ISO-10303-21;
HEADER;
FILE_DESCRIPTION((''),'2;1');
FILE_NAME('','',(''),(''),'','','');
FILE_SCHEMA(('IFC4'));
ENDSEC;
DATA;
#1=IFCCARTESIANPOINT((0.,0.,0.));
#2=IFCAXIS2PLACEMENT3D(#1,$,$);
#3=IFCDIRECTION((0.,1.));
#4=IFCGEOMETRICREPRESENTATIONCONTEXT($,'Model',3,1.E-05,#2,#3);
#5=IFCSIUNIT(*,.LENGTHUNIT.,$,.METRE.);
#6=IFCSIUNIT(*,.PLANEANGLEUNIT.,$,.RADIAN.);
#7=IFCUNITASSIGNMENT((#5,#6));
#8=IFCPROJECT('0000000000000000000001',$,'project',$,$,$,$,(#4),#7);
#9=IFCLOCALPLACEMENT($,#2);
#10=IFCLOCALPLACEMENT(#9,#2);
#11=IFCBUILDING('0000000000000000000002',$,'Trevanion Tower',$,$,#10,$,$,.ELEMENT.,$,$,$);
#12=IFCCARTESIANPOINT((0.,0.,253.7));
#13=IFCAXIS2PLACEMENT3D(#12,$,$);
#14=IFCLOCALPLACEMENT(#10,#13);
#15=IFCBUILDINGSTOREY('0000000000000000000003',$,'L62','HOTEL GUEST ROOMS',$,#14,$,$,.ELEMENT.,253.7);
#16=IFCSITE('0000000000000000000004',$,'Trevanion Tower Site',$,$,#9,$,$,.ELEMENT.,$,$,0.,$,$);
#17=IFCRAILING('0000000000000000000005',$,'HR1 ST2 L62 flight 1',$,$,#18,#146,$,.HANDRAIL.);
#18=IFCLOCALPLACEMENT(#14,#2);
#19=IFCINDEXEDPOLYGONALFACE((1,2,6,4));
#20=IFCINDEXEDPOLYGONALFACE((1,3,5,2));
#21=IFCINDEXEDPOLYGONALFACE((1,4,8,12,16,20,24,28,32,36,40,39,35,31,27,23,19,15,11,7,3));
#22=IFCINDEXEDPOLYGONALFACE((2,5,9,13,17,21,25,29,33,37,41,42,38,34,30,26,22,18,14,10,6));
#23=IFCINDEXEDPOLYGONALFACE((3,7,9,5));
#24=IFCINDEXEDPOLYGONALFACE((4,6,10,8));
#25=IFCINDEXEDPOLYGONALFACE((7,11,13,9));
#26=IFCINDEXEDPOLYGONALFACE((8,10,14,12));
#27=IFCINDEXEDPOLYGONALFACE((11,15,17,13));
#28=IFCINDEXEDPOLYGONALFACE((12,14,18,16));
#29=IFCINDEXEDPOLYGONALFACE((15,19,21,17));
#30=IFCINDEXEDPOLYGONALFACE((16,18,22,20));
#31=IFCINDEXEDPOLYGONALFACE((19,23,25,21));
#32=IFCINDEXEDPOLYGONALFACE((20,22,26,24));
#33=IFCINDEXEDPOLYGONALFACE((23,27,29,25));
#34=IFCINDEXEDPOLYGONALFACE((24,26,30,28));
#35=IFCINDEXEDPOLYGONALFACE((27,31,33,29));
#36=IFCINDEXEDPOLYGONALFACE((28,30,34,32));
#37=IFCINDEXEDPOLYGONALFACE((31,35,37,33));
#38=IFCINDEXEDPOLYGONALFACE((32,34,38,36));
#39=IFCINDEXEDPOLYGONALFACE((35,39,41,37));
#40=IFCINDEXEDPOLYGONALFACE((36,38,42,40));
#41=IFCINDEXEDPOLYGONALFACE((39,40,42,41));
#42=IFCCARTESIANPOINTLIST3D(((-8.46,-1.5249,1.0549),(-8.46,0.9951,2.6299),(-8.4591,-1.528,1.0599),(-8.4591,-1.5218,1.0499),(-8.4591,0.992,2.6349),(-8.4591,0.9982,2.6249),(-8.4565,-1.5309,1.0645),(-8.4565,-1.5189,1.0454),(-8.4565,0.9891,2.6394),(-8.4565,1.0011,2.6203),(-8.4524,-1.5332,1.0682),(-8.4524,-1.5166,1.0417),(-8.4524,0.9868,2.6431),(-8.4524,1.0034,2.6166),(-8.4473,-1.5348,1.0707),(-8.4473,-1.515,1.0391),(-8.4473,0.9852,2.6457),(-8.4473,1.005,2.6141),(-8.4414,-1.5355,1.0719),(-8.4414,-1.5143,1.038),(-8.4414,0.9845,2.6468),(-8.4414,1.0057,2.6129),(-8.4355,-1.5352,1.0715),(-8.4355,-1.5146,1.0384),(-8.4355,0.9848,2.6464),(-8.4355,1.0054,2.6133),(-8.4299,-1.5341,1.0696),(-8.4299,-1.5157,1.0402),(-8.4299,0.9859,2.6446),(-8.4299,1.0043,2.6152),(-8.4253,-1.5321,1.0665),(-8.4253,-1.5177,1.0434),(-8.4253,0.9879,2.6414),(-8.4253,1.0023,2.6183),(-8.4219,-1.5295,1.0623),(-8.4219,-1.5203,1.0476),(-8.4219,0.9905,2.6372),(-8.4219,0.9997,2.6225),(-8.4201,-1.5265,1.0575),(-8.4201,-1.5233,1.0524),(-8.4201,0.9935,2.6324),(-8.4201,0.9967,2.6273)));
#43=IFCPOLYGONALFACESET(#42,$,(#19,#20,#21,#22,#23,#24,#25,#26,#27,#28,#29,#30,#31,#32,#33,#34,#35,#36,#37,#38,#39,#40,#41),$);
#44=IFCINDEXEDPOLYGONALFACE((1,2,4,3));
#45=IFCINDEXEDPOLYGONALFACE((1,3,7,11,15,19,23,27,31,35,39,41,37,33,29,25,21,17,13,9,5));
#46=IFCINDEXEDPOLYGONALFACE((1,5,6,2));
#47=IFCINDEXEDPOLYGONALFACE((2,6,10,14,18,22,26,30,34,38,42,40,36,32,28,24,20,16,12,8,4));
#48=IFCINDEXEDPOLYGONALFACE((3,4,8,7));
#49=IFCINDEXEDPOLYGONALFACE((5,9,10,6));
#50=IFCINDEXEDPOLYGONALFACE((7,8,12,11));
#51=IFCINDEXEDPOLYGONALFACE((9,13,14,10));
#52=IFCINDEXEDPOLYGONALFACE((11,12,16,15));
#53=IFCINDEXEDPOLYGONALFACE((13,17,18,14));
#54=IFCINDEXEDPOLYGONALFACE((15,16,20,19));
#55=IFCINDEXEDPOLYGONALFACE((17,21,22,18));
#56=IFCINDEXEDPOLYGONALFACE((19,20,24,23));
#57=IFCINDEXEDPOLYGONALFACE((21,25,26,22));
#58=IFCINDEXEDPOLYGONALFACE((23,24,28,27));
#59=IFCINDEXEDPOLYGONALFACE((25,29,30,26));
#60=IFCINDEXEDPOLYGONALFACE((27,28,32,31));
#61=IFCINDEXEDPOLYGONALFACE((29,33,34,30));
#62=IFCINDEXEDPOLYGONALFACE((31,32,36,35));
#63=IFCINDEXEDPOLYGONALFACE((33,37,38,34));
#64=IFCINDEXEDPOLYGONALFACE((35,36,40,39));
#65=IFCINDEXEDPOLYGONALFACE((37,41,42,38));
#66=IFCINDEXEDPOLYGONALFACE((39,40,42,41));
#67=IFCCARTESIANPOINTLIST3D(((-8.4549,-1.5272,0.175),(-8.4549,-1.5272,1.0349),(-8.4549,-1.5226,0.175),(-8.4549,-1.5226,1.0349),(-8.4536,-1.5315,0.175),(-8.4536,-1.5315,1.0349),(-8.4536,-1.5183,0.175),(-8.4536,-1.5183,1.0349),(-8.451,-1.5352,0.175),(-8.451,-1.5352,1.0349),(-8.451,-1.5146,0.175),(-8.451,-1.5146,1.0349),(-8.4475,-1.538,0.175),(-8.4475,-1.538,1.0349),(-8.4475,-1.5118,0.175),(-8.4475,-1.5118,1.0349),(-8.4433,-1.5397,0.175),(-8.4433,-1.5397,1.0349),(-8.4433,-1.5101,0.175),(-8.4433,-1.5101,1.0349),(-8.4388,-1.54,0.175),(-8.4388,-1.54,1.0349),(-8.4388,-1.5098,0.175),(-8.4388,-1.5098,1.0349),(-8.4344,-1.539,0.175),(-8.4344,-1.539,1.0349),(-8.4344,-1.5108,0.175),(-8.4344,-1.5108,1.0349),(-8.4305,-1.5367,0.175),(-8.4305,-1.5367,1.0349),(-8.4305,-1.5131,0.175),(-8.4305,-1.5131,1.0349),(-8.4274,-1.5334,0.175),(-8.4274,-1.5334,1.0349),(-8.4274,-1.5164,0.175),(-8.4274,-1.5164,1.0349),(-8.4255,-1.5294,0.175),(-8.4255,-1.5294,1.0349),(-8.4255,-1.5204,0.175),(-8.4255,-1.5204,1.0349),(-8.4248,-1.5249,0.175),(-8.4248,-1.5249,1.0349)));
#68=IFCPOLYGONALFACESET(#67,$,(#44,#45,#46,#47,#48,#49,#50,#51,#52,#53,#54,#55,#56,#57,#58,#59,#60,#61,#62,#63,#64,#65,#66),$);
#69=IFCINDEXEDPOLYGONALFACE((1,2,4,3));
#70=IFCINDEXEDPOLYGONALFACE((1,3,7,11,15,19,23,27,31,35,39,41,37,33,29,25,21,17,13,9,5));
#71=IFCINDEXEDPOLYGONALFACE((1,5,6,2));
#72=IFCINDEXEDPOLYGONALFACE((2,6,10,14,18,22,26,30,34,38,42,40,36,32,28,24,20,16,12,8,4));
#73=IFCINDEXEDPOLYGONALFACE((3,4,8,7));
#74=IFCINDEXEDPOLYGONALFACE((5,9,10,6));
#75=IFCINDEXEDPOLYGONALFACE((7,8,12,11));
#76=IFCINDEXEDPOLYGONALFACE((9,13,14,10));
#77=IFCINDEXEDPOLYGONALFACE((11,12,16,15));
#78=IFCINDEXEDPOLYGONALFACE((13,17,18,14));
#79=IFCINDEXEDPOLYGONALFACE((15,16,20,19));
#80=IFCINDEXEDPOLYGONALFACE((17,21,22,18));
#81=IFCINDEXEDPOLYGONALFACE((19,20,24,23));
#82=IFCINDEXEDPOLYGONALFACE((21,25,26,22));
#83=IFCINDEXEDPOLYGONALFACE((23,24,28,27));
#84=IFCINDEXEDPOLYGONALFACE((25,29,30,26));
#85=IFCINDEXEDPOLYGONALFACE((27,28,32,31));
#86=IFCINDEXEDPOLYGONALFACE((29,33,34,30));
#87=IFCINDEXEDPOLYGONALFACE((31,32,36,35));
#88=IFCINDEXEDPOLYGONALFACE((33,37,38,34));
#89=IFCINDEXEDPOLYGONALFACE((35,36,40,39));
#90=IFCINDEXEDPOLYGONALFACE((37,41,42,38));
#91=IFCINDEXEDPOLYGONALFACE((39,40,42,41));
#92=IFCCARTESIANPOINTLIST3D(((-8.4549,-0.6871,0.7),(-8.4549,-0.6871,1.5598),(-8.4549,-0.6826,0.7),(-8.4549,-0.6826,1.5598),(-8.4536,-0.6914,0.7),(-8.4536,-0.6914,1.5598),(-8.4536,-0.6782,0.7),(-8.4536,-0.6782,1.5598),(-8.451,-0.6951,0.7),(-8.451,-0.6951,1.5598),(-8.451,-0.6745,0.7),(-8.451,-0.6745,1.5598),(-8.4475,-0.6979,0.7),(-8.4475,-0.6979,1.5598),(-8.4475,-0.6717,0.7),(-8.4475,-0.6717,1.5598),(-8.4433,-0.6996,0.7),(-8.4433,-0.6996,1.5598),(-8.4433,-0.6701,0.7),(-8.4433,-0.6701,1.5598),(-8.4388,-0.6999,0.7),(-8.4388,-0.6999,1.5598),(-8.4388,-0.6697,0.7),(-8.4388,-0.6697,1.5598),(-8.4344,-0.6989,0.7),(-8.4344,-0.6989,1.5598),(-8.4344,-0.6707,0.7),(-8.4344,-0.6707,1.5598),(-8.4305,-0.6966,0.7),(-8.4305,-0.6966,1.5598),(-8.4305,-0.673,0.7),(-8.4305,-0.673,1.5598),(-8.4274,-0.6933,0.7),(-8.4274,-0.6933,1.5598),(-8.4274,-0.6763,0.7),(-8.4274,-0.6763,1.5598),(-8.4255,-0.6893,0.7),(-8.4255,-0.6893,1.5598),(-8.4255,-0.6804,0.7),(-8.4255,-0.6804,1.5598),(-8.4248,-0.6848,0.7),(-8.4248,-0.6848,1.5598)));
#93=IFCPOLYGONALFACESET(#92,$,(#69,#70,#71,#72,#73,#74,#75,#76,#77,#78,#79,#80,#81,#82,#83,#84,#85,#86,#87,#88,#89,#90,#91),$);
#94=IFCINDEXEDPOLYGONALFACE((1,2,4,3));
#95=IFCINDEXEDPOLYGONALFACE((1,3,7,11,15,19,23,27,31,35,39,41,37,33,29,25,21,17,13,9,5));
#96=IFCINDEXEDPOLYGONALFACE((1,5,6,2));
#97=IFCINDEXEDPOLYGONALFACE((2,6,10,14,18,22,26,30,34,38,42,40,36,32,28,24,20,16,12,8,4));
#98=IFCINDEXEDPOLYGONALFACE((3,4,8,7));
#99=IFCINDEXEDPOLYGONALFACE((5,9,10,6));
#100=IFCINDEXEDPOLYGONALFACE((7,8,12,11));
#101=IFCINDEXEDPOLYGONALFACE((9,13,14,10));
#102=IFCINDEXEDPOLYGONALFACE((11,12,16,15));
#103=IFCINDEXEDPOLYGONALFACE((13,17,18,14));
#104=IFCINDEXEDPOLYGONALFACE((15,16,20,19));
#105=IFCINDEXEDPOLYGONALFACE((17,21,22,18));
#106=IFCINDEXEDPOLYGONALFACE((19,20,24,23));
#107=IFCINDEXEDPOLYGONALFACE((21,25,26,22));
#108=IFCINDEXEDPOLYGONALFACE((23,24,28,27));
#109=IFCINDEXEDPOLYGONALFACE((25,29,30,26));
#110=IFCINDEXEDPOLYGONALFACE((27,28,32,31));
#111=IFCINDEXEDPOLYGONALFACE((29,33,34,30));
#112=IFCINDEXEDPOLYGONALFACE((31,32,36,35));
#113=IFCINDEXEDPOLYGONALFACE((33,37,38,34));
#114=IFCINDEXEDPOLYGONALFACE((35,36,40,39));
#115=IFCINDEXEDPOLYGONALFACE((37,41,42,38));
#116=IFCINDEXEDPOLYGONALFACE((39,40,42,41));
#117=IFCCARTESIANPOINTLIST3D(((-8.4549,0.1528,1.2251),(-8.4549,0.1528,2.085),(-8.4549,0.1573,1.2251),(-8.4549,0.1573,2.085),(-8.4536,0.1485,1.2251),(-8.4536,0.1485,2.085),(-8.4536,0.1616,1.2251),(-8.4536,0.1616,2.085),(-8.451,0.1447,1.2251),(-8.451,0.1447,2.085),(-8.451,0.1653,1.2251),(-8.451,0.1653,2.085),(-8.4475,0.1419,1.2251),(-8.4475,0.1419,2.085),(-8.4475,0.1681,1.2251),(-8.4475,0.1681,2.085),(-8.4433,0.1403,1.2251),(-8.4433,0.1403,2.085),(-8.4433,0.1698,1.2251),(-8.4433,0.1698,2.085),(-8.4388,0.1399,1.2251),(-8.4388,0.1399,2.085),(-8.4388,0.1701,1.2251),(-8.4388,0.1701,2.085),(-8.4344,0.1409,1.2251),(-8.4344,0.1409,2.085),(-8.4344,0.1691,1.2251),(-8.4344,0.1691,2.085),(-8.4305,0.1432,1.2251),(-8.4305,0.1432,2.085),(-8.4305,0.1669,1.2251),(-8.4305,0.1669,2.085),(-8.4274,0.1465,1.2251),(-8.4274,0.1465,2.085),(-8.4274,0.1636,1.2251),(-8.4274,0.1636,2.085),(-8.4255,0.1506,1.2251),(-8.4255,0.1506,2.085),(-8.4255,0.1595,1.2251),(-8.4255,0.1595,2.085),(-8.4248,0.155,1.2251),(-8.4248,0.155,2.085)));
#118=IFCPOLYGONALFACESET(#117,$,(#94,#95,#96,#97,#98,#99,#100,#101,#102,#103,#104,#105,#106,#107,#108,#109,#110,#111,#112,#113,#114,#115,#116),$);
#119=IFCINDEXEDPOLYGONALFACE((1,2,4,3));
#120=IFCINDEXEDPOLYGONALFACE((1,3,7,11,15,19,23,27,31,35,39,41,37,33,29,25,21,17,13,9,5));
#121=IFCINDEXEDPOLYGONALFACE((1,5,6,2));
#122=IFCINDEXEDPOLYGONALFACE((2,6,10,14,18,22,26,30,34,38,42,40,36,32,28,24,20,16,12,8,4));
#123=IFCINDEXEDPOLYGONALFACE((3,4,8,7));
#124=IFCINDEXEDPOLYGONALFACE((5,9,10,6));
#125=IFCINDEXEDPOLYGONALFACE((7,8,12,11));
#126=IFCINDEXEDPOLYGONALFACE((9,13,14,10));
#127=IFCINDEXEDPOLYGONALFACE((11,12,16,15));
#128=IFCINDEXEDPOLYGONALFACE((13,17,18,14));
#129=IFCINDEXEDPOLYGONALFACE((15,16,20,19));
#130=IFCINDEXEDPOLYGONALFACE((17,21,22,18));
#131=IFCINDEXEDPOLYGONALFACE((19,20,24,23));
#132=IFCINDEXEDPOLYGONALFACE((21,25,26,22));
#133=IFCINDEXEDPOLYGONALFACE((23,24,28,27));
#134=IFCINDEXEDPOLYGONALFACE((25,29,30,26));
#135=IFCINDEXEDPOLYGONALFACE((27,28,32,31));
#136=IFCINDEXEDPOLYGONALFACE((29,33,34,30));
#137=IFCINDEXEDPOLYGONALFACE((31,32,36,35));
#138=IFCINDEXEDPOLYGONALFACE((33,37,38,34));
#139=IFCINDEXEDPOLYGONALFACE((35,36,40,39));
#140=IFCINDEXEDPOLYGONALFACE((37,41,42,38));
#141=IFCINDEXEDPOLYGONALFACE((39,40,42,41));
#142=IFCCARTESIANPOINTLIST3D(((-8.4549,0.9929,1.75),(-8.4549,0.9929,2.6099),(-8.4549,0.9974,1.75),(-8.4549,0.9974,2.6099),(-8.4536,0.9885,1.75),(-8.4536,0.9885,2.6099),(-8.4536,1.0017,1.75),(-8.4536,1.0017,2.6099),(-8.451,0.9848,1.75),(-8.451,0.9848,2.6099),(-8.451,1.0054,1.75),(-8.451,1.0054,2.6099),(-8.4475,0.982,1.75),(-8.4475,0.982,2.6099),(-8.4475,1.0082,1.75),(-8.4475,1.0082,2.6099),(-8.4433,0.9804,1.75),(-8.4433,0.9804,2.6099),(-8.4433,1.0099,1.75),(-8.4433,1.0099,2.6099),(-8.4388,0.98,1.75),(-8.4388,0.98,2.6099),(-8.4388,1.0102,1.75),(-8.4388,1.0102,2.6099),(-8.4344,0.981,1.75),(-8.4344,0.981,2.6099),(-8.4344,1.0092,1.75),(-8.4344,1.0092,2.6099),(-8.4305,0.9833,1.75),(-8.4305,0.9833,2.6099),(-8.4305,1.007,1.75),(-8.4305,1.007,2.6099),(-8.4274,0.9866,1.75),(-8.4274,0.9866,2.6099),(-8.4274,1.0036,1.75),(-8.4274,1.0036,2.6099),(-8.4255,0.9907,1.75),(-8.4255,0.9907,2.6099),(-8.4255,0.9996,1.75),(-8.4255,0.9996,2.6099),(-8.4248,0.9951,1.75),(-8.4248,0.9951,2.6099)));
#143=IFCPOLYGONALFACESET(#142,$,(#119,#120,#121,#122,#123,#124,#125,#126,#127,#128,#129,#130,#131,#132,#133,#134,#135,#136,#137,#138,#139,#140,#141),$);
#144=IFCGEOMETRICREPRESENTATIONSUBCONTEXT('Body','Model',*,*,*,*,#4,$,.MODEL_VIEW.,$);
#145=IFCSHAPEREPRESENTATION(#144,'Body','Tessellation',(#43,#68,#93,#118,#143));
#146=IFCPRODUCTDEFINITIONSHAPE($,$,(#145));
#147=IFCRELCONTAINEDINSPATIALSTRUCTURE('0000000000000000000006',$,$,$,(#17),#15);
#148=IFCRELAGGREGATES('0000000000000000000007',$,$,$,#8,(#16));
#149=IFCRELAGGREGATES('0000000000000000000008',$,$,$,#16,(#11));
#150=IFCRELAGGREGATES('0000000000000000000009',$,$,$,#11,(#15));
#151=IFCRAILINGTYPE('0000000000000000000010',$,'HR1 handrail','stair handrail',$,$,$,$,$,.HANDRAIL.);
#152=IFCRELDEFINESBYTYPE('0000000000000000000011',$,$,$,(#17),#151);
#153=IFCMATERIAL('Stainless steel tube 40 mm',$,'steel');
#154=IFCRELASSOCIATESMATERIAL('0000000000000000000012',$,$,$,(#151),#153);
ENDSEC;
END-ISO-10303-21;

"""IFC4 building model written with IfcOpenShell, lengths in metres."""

from ifc_helpers import new_model, si_unit, direction, frame, origin, origin_2d, place, context, subcontext, project, spatial, circle, extrude, material, type_object, element, save


model = new_model("IFC4")

# Units and contexts
model_context = context("Model", 3, precision=1e-05, world=origin(), true_north=direction((0.0, 1.0)))
body_context = subcontext(model_context, "Body", "Model", "MODEL_VIEW")
ifc_project = project(units=[si_unit("LENGTHUNIT", "METRE"), si_unit("PLANEANGLEUNIT", "RADIAN")], contexts=[model_context])

# Site, building, storey
site_placement = place(None, origin())
site = spatial("IfcSite", under=ifc_project, at=site_placement, Name="Trevanion Tower Site", CompositionType="ELEMENT", RefElevation=0.0)
building_placement = place(site_placement, origin())
building = spatial("IfcBuilding", under=site, at=building_placement, Name="Trevanion Tower", CompositionType="ELEMENT")
storey_placement = place(building_placement, frame((0.0, 0.0, 253.7)))
storey = spatial("IfcBuildingStorey", under=building, at=storey_placement, Name="L62", Description="HOTEL GUEST ROOMS", CompositionType="ELEMENT", Elevation=253.7)

# Railing
ifc_material_1 = material(Name="Stainless steel tube 40 mm", Category="steel")
railing_type = type_object("IfcRailingType", Name="HR1 handrail", Description="stair handrail", PredefinedType="HANDRAIL", material=ifc_material_1)
for number, where, name in (
    (1, (-8.4399, -1.5249, 0.175), "HR1 ST2 L62 flight 1"),
):
    element("IfcRailing", number, at=place(storey_placement, frame(where)), inside=storey, type_object=railing_type, Name=name, PredefinedType="HANDRAIL", context=body_context, shape_type="SweptSolid", body=[
        extrude(circle(Radius=0.02, at=origin_2d()), frame((0.0, 0.0, 0.8799), z_axis=(0.0, 0.848008, 0.529984), x_axis=(-1.0, 0.0, 0.0)), (0.0, 0.0, 1.0), 2.9717),
        extrude(circle(Radius=0.0151, at=origin_2d()), origin(), (0.0, 0.0, 1.0), 0.8599),
        extrude(circle(Radius=0.0151, at=origin_2d()), frame((0.0, 0.8401, 0.5249)), (0.0, 0.0, 1.0), 0.8599),
        extrude(circle(Radius=0.0151, at=origin_2d()), frame((0.0, 1.6799, 1.05)), (0.0, 0.0, 1.0), 0.8599),
        extrude(circle(Radius=0.0151, at=origin_2d()), frame((0.0, 2.52, 1.575)), (0.0, 0.0, 1.0), 0.8599),
    ])

save(model, "model.ifc")
